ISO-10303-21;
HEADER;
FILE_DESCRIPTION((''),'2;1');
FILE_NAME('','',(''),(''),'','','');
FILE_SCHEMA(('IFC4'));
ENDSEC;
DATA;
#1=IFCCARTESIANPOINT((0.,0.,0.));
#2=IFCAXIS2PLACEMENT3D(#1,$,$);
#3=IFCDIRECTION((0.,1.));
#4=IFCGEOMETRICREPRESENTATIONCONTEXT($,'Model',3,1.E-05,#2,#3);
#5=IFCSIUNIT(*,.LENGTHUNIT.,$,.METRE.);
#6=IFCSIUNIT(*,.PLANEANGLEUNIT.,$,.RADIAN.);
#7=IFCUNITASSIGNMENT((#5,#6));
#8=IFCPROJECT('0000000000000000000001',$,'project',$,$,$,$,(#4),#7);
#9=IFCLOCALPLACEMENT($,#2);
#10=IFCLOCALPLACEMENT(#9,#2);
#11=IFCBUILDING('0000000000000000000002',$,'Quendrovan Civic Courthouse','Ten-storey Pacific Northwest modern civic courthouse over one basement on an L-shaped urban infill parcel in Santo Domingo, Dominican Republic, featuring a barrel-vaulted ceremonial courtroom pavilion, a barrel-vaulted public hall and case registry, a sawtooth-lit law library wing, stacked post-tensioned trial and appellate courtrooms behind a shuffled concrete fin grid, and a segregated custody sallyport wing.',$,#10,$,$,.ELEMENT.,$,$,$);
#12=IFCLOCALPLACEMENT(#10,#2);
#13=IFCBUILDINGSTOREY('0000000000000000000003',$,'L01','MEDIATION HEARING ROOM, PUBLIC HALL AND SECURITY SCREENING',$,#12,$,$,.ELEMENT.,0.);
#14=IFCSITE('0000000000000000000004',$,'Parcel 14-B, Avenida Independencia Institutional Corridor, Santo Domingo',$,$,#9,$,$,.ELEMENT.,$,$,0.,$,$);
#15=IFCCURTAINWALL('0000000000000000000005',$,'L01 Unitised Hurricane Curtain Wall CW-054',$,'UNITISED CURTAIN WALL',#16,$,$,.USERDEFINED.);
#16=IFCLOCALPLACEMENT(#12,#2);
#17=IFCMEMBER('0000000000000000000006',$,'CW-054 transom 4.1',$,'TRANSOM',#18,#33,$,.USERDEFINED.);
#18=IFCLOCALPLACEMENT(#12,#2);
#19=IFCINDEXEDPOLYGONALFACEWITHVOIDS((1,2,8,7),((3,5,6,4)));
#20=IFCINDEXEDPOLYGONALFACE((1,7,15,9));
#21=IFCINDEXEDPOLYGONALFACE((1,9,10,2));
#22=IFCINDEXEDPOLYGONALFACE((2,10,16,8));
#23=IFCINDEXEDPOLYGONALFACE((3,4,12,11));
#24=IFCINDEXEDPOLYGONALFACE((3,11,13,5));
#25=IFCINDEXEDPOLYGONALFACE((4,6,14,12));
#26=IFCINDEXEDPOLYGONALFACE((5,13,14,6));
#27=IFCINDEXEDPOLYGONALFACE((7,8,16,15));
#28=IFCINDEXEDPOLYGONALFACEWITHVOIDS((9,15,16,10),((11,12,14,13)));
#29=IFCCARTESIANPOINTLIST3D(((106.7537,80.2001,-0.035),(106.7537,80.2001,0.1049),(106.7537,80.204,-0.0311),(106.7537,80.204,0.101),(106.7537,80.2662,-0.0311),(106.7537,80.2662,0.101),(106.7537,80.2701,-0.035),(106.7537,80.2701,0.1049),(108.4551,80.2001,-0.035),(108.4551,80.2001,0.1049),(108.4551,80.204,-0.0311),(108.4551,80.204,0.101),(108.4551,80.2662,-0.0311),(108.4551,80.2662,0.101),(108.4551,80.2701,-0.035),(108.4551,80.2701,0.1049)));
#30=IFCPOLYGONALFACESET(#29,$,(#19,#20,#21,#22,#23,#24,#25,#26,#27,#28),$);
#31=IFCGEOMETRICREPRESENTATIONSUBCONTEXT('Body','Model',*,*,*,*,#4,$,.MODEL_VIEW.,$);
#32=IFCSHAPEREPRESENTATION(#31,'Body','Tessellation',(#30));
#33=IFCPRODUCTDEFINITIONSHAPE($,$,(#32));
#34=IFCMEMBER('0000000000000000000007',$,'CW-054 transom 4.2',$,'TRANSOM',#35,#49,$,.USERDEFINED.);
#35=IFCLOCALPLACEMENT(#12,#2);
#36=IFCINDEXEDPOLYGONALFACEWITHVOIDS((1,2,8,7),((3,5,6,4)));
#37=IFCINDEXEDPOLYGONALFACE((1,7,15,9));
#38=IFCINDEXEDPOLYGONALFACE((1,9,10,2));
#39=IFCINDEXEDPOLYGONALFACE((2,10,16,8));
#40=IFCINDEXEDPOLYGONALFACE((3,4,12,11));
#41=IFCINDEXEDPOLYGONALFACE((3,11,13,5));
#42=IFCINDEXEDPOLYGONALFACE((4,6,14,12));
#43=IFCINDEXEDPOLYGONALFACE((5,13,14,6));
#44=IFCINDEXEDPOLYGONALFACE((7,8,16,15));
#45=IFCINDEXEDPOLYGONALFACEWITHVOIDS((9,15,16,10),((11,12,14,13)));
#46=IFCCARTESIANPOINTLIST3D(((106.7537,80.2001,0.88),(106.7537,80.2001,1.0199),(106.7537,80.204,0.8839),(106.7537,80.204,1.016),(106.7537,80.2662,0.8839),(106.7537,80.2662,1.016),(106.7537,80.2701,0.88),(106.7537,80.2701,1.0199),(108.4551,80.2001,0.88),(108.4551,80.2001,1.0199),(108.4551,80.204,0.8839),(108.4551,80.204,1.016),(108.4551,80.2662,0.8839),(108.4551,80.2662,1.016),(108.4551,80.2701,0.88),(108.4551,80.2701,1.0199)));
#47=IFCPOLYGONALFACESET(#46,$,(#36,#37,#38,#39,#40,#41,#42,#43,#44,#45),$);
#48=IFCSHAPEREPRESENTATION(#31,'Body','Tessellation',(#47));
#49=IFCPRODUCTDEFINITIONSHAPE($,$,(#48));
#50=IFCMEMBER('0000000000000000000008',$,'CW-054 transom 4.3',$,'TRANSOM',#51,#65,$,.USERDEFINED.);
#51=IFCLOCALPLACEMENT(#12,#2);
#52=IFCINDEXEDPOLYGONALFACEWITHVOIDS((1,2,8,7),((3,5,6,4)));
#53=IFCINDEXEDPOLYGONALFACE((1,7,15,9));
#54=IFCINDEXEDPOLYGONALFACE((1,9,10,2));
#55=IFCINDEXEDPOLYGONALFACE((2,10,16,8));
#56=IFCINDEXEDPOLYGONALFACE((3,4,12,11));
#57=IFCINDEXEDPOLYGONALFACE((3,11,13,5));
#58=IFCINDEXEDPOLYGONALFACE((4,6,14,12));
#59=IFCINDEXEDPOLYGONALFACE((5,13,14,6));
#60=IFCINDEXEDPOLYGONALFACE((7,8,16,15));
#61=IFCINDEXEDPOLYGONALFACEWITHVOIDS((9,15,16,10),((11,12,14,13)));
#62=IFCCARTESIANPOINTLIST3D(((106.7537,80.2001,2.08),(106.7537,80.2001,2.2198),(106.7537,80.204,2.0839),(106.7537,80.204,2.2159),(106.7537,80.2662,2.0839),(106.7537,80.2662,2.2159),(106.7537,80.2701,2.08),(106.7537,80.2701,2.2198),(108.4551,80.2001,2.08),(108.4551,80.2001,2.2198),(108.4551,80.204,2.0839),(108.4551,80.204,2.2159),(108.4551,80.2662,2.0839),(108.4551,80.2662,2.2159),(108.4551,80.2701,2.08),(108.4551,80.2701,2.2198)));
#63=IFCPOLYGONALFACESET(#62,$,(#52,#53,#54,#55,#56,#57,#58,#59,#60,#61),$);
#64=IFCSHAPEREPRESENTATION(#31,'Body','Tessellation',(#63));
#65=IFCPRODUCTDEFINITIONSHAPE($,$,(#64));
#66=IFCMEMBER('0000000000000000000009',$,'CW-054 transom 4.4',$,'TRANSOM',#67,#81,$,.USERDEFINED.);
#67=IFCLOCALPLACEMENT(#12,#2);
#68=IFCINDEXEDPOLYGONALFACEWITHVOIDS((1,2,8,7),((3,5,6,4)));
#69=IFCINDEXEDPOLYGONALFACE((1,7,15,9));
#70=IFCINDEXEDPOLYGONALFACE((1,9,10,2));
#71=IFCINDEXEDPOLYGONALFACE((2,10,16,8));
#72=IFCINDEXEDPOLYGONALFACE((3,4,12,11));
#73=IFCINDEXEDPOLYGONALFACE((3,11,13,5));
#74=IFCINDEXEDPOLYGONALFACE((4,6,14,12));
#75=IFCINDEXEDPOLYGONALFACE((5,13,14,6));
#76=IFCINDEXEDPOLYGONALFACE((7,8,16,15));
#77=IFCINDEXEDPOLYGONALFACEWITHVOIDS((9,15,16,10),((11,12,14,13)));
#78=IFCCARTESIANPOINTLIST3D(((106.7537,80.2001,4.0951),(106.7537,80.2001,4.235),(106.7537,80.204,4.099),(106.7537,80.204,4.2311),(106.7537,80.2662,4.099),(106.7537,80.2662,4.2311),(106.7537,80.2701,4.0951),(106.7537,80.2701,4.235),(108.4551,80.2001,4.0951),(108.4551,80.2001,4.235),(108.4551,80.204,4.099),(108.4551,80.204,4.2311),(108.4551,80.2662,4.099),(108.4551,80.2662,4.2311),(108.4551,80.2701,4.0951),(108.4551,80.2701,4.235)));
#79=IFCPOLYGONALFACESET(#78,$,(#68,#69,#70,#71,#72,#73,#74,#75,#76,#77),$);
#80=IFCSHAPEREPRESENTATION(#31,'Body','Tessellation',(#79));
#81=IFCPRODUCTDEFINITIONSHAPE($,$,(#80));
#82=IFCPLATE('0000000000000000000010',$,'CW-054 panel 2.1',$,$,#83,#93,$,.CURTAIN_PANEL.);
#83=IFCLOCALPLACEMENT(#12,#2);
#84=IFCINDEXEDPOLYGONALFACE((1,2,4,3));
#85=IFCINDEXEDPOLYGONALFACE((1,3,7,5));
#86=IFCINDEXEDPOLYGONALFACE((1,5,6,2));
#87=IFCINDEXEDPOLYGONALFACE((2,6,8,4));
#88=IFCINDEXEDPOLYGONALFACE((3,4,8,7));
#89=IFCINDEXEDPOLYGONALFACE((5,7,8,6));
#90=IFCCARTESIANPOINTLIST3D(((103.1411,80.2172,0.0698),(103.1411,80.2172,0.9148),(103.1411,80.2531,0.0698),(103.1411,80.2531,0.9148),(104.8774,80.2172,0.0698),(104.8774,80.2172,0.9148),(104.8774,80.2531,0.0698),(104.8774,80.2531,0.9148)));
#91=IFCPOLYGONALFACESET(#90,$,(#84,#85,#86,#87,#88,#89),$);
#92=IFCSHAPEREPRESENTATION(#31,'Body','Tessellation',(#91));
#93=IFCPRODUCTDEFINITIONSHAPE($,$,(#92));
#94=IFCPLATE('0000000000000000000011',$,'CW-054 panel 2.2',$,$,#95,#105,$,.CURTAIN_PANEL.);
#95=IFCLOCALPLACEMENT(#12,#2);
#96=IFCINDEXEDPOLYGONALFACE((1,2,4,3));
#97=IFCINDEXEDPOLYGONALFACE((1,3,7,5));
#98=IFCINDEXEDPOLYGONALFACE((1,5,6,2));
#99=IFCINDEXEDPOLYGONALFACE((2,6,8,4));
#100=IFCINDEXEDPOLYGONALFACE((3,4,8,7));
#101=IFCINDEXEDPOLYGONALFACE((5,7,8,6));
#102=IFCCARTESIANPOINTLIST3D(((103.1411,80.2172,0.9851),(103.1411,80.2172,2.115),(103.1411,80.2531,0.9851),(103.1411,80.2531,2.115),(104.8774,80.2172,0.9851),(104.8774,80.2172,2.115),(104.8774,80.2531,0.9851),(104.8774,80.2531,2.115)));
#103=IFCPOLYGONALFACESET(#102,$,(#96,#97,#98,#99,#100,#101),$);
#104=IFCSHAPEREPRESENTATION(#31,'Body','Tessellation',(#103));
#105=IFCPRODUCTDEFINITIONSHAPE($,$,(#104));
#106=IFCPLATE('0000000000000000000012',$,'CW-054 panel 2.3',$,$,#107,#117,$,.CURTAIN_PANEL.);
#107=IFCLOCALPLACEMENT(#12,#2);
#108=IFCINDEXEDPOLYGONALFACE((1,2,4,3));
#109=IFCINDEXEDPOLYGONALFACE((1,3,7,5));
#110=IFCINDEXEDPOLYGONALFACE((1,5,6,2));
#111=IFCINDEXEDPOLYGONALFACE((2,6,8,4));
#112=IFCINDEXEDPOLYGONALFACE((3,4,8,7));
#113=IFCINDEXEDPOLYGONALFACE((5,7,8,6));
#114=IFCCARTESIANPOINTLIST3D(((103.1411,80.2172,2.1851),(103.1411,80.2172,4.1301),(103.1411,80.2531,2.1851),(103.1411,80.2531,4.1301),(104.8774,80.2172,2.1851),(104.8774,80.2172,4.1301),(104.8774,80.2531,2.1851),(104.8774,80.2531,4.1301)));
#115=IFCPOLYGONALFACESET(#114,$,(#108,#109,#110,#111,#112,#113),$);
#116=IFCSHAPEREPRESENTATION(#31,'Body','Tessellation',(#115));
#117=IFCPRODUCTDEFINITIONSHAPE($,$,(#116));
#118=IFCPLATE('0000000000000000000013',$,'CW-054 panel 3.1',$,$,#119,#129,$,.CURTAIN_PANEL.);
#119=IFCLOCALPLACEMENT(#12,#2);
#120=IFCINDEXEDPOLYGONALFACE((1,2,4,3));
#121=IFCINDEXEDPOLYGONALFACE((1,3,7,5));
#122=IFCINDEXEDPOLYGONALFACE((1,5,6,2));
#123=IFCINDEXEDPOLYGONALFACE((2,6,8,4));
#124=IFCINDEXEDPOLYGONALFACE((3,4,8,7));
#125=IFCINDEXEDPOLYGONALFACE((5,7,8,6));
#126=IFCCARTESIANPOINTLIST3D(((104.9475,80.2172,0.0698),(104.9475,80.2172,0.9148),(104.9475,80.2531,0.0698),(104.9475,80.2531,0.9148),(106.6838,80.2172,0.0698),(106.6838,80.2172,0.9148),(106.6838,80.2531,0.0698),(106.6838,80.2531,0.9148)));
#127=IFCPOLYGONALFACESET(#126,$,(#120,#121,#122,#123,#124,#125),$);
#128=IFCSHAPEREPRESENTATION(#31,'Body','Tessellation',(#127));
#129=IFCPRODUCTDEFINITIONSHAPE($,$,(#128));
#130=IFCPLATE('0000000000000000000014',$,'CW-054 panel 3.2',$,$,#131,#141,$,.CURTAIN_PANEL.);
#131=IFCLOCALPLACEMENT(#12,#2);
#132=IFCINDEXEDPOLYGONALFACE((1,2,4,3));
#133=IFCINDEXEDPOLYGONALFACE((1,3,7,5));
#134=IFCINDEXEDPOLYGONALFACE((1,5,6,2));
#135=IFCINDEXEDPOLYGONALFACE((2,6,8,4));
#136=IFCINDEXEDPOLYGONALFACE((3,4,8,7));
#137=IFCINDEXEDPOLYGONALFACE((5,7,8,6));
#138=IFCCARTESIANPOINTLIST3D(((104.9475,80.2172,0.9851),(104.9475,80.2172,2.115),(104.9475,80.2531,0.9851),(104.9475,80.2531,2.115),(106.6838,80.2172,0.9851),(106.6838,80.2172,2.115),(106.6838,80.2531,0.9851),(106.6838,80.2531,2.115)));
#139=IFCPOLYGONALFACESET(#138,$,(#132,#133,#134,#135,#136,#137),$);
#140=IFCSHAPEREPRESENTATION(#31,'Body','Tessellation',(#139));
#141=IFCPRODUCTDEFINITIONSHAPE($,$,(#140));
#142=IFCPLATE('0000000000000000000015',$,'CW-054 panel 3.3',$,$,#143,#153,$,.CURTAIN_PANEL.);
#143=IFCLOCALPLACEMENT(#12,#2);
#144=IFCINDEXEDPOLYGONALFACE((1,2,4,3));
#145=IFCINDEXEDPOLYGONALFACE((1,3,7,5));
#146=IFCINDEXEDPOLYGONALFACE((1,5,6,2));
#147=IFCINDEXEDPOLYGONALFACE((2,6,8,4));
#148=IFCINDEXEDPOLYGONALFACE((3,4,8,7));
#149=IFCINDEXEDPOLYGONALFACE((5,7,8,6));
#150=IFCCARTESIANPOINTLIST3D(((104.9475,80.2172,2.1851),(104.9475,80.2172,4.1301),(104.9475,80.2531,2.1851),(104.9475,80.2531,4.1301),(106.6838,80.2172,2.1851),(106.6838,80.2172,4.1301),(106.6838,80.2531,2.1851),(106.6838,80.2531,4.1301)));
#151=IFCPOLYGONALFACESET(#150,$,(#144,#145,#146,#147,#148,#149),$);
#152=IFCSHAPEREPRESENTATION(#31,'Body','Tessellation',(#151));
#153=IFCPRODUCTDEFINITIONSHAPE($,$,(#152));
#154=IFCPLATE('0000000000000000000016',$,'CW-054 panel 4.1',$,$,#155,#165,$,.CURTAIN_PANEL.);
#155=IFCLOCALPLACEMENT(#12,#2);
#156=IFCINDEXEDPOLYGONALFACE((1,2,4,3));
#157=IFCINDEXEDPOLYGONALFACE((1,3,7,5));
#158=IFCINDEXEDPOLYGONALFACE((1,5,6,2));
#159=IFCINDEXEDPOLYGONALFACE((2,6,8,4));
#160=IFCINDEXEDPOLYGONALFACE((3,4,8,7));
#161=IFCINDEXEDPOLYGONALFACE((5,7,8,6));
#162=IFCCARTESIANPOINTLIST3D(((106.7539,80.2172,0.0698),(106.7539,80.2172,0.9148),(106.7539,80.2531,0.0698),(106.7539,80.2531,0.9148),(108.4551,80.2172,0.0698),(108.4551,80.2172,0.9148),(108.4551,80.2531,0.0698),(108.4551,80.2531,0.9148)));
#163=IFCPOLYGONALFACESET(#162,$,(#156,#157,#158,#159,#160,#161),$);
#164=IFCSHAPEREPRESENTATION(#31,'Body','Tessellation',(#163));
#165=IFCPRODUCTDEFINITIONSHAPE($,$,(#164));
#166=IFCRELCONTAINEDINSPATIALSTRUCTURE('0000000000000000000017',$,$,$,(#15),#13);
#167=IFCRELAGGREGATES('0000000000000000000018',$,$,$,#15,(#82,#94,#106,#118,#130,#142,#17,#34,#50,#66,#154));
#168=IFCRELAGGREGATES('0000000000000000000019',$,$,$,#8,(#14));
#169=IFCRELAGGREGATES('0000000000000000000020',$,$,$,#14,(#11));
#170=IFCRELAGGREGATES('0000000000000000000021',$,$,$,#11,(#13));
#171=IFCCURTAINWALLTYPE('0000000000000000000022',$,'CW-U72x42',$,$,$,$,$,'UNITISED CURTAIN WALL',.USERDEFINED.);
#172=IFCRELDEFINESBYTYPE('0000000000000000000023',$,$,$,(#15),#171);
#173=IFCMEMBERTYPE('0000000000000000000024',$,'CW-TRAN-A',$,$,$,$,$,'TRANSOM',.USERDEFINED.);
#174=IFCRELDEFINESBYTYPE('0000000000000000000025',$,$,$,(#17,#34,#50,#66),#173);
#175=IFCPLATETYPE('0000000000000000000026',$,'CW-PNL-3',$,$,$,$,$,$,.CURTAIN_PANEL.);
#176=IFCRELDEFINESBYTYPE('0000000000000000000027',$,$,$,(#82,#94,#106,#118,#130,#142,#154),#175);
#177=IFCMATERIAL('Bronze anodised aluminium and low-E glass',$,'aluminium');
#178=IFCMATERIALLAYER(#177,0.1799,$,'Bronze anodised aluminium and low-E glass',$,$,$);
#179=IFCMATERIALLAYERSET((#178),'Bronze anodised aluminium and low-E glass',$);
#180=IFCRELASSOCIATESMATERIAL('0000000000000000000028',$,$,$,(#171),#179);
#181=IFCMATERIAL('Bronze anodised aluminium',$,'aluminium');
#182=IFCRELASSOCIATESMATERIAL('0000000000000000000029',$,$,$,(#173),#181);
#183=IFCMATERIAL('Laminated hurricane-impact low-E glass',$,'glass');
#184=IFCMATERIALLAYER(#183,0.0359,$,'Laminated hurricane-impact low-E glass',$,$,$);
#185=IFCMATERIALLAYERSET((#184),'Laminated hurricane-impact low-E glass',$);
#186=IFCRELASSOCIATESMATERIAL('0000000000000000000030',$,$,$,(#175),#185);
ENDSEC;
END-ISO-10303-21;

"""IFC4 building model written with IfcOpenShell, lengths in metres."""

from ifc_helpers import new_model, si_unit, direction, frame, origin, origin_2d, place, context, subcontext, project, spatial, rectangle, hollow_rectangle, extrude, material, layer, layer_set, material_profile, profile_set, type_object, element, aggregate, save


model = new_model("IFC4")

# Units and contexts
model_context = context("Model", 3, precision=1e-05, world=origin(), true_north=direction((0.0, 1.0)))
body_context = subcontext(model_context, "Body", "Model", "MODEL_VIEW")
ifc_project = project(units=[si_unit("LENGTHUNIT", "METRE"), si_unit("PLANEANGLEUNIT", "RADIAN")], contexts=[model_context])

# Site, building, storey
site_placement = place(None, origin())
site = spatial("IfcSite", under=ifc_project, at=site_placement, Name="Parcel 14-B, Avenida Independencia Institutional Corridor, Santo Domingo", CompositionType="ELEMENT", RefElevation=0.0)
building_placement = place(site_placement, origin())
building = spatial("IfcBuilding", under=site, at=building_placement, Name="Quendrovan Civic Courthouse", Description="Ten-storey Pacific Northwest modern civic courthouse over one basement on an L-shaped urban infill parcel in Santo Domingo, Dominican Republic, featuring a barrel-vaulted ceremonial courtroom pavilion, a barrel-vaulted public hall and case registry, a sawtooth-lit law library wing, stacked post-tensioned trial and appellate courtrooms behind a shuffled concrete fin grid, and a segregated custody sallyport wing.", CompositionType="ELEMENT")
storey_placement = place(building_placement, origin())
storey = spatial("IfcBuildingStorey", under=building, at=storey_placement, Name="L01", Description="MEDIATION HEARING ROOM, PUBLIC HALL AND SECURITY SCREENING", CompositionType="ELEMENT", Elevation=0.0)

# Curtain wall, members, plates
ifc_material_1 = material(Name="Bronze anodised aluminium and low-E glass", Category="aluminium")
ifc_layer_1 = layer(ifc_material_1, 0.1799, Name="Bronze anodised aluminium and low-E glass")
ifc_layer_set_1 = layer_set([ifc_layer_1], Name="Bronze anodised aluminium and low-E glass")
curtain_wall_type = type_object("IfcCurtainWallType", Name="CW-U72x42", ElementType="UNITISED CURTAIN WALL", PredefinedType="USERDEFINED", material=ifc_layer_set_1)
curtain_wall_placement = place(storey_placement, origin())
curtain_wall = element("IfcCurtainWall", 1, at=curtain_wall_placement, inside=storey, type_object=curtain_wall_type, Name="L01 Unitised Hurricane Curtain Wall CW-054", ObjectType="UNITISED CURTAIN WALL", PredefinedType="USERDEFINED")
ifc_material_2 = material(Name="Bronze anodised aluminium", Category="aluminium")
ifc_material_profile_1 = material_profile(ifc_material_2, hollow_rectangle(XDim=0.0701, YDim=0.1399, WallThickness=0.0039, at=origin_2d()), Name="CW-TRAN-70x140")
ifc_profile_set_1 = profile_set([ifc_material_profile_1], Name="Bronze anodised aluminium")
member_type_1 = type_object("IfcMemberType", Name="CW-TRAN-A", ElementType="TRANSOM", PredefinedType="USERDEFINED", material=ifc_profile_set_1)
member_1_placement = place(storey_placement, frame((106.7537, 80.2351, 0.0349), z_axis=(1.0, 0.0, 0.0), x_axis=(0.0, 1.0, 0.0)))
member_1 = element("IfcMember", 2, at=member_1_placement, type_object=member_type_1, Name="CW-054 transom 4.1", ObjectType="TRANSOM", PredefinedType="USERDEFINED", context=body_context, shape_type="SweptSolid", body=[
    extrude(hollow_rectangle(XDim=0.0701, YDim=0.1399, WallThickness=0.0039, at=origin_2d()), origin(), (0.0, 0.0, 1.0), 1.7014),
])
member_2_placement = place(storey_placement, frame((106.7537, 80.2351, 0.95), z_axis=(1.0, 0.0, 0.0), x_axis=(0.0, 1.0, 0.0)))
member_2 = element("IfcMember", 3, at=member_2_placement, type_object=member_type_1, Name="CW-054 transom 4.2", ObjectType="TRANSOM", PredefinedType="USERDEFINED", context=body_context, shape_type="SweptSolid", body=[
    extrude(hollow_rectangle(XDim=0.0701, YDim=0.1399, WallThickness=0.0039, at=origin_2d()), origin(), (0.0, 0.0, 1.0), 1.7014),
])
member_3_placement = place(storey_placement, frame((106.7537, 80.2351, 2.1499), z_axis=(1.0, 0.0, 0.0), x_axis=(0.0, 1.0, 0.0)))
member_3 = element("IfcMember", 4, at=member_3_placement, type_object=member_type_1, Name="CW-054 transom 4.3", ObjectType="TRANSOM", PredefinedType="USERDEFINED", context=body_context, shape_type="SweptSolid", body=[
    extrude(hollow_rectangle(XDim=0.0701, YDim=0.1399, WallThickness=0.0039, at=origin_2d()), origin(), (0.0, 0.0, 1.0), 1.7014),
])
member_4_placement = place(storey_placement, frame((106.7537, 80.2351, 4.165), z_axis=(1.0, 0.0, 0.0), x_axis=(0.0, 1.0, 0.0)))
member_4 = element("IfcMember", 5, at=member_4_placement, type_object=member_type_1, Name="CW-054 transom 4.4", ObjectType="TRANSOM", PredefinedType="USERDEFINED", context=body_context, shape_type="SweptSolid", body=[
    extrude(hollow_rectangle(XDim=0.0701, YDim=0.1399, WallThickness=0.0039, at=origin_2d()), origin(), (0.0, 0.0, 1.0), 1.7014),
])
ifc_material_3 = material(Name="Laminated hurricane-impact low-E glass", Category="glass")
ifc_layer_2 = layer(ifc_material_3, 0.0359, Name="Laminated hurricane-impact low-E glass")
ifc_layer_set_2 = layer_set([ifc_layer_2], Name="Laminated hurricane-impact low-E glass")
plate_type = type_object("IfcPlateType", Name="CW-PNL-3", PredefinedType="CURTAIN_PANEL", material=ifc_layer_set_2)
plate_1_placement = place(storey_placement, frame((104.0093, 80.2351, 0.0698), z_axis=(0.0, 0.0, 1.0), x_axis=(1.0, 0.0, 0.0)))
plate_1 = element("IfcPlate", 6, at=plate_1_placement, type_object=plate_type, Name="CW-054 panel 2.1", PredefinedType="CURTAIN_PANEL", context=body_context, shape_type="SweptSolid", body=[
    extrude(rectangle(XDim=1.7363, YDim=0.0359, at=origin_2d()), origin(), (0.0, 0.0, 1.0), 0.845),
])
plate_2_placement = place(storey_placement, frame((104.0093, 80.2351, 0.9851), z_axis=(0.0, 0.0, 1.0), x_axis=(1.0, 0.0, 0.0)))
plate_2 = element("IfcPlate", 7, at=plate_2_placement, type_object=plate_type, Name="CW-054 panel 2.2", PredefinedType="CURTAIN_PANEL", context=body_context, shape_type="SweptSolid", body=[
    extrude(rectangle(XDim=1.7363, YDim=0.0359, at=origin_2d()), origin(), (0.0, 0.0, 1.0), 1.1299),
])
plate_3_placement = place(storey_placement, frame((104.0093, 80.2351, 2.1851), z_axis=(0.0, 0.0, 1.0), x_axis=(1.0, 0.0, 0.0)))
plate_3 = element("IfcPlate", 8, at=plate_3_placement, type_object=plate_type, Name="CW-054 panel 2.3", PredefinedType="CURTAIN_PANEL", context=body_context, shape_type="SweptSolid", body=[
    extrude(rectangle(XDim=1.7363, YDim=0.0359, at=origin_2d()), origin(), (0.0, 0.0, 1.0), 1.9451),
])
plate_4_placement = place(storey_placement, frame((105.8157, 80.2351, 0.0698), z_axis=(0.0, 0.0, 1.0), x_axis=(1.0, 0.0, 0.0)))
plate_4 = element("IfcPlate", 9, at=plate_4_placement, type_object=plate_type, Name="CW-054 panel 3.1", PredefinedType="CURTAIN_PANEL", context=body_context, shape_type="SweptSolid", body=[
    extrude(rectangle(XDim=1.7363, YDim=0.0359, at=origin_2d()), origin(), (0.0, 0.0, 1.0), 0.845),
])
plate_5_placement = place(storey_placement, frame((105.8157, 80.2351, 0.9851), z_axis=(0.0, 0.0, 1.0), x_axis=(1.0, 0.0, 0.0)))
plate_5 = element("IfcPlate", 10, at=plate_5_placement, type_object=plate_type, Name="CW-054 panel 3.2", PredefinedType="CURTAIN_PANEL", context=body_context, shape_type="SweptSolid", body=[
    extrude(rectangle(XDim=1.7363, YDim=0.0359, at=origin_2d()), origin(), (0.0, 0.0, 1.0), 1.1299),
])
plate_6_placement = place(storey_placement, frame((105.8157, 80.2351, 2.1851), z_axis=(0.0, 0.0, 1.0), x_axis=(1.0, 0.0, 0.0)))
plate_6 = element("IfcPlate", 11, at=plate_6_placement, type_object=plate_type, Name="CW-054 panel 3.3", PredefinedType="CURTAIN_PANEL", context=body_context, shape_type="SweptSolid", body=[
    extrude(rectangle(XDim=1.7363, YDim=0.0359, at=origin_2d()), origin(), (0.0, 0.0, 1.0), 1.9451),
])
plate_7_placement = place(storey_placement, frame((107.6045, 80.2351, 0.0698), z_axis=(0.0, 0.0, 1.0), x_axis=(1.0, 0.0, 0.0)))
plate_7 = element("IfcPlate", 12, at=plate_7_placement, type_object=plate_type, Name="CW-054 panel 4.1", PredefinedType="CURTAIN_PANEL", context=body_context, shape_type="SweptSolid", body=[
    extrude(rectangle(XDim=1.7012, YDim=0.0359, at=origin_2d()), origin(), (0.0, 0.0, 1.0), 0.845),
])
aggregate(curtain_wall, [plate_1, plate_2, plate_3, plate_4, plate_5, plate_6, member_1, member_2, member_3, member_4, plate_7])

save(model, "model.ifc")
